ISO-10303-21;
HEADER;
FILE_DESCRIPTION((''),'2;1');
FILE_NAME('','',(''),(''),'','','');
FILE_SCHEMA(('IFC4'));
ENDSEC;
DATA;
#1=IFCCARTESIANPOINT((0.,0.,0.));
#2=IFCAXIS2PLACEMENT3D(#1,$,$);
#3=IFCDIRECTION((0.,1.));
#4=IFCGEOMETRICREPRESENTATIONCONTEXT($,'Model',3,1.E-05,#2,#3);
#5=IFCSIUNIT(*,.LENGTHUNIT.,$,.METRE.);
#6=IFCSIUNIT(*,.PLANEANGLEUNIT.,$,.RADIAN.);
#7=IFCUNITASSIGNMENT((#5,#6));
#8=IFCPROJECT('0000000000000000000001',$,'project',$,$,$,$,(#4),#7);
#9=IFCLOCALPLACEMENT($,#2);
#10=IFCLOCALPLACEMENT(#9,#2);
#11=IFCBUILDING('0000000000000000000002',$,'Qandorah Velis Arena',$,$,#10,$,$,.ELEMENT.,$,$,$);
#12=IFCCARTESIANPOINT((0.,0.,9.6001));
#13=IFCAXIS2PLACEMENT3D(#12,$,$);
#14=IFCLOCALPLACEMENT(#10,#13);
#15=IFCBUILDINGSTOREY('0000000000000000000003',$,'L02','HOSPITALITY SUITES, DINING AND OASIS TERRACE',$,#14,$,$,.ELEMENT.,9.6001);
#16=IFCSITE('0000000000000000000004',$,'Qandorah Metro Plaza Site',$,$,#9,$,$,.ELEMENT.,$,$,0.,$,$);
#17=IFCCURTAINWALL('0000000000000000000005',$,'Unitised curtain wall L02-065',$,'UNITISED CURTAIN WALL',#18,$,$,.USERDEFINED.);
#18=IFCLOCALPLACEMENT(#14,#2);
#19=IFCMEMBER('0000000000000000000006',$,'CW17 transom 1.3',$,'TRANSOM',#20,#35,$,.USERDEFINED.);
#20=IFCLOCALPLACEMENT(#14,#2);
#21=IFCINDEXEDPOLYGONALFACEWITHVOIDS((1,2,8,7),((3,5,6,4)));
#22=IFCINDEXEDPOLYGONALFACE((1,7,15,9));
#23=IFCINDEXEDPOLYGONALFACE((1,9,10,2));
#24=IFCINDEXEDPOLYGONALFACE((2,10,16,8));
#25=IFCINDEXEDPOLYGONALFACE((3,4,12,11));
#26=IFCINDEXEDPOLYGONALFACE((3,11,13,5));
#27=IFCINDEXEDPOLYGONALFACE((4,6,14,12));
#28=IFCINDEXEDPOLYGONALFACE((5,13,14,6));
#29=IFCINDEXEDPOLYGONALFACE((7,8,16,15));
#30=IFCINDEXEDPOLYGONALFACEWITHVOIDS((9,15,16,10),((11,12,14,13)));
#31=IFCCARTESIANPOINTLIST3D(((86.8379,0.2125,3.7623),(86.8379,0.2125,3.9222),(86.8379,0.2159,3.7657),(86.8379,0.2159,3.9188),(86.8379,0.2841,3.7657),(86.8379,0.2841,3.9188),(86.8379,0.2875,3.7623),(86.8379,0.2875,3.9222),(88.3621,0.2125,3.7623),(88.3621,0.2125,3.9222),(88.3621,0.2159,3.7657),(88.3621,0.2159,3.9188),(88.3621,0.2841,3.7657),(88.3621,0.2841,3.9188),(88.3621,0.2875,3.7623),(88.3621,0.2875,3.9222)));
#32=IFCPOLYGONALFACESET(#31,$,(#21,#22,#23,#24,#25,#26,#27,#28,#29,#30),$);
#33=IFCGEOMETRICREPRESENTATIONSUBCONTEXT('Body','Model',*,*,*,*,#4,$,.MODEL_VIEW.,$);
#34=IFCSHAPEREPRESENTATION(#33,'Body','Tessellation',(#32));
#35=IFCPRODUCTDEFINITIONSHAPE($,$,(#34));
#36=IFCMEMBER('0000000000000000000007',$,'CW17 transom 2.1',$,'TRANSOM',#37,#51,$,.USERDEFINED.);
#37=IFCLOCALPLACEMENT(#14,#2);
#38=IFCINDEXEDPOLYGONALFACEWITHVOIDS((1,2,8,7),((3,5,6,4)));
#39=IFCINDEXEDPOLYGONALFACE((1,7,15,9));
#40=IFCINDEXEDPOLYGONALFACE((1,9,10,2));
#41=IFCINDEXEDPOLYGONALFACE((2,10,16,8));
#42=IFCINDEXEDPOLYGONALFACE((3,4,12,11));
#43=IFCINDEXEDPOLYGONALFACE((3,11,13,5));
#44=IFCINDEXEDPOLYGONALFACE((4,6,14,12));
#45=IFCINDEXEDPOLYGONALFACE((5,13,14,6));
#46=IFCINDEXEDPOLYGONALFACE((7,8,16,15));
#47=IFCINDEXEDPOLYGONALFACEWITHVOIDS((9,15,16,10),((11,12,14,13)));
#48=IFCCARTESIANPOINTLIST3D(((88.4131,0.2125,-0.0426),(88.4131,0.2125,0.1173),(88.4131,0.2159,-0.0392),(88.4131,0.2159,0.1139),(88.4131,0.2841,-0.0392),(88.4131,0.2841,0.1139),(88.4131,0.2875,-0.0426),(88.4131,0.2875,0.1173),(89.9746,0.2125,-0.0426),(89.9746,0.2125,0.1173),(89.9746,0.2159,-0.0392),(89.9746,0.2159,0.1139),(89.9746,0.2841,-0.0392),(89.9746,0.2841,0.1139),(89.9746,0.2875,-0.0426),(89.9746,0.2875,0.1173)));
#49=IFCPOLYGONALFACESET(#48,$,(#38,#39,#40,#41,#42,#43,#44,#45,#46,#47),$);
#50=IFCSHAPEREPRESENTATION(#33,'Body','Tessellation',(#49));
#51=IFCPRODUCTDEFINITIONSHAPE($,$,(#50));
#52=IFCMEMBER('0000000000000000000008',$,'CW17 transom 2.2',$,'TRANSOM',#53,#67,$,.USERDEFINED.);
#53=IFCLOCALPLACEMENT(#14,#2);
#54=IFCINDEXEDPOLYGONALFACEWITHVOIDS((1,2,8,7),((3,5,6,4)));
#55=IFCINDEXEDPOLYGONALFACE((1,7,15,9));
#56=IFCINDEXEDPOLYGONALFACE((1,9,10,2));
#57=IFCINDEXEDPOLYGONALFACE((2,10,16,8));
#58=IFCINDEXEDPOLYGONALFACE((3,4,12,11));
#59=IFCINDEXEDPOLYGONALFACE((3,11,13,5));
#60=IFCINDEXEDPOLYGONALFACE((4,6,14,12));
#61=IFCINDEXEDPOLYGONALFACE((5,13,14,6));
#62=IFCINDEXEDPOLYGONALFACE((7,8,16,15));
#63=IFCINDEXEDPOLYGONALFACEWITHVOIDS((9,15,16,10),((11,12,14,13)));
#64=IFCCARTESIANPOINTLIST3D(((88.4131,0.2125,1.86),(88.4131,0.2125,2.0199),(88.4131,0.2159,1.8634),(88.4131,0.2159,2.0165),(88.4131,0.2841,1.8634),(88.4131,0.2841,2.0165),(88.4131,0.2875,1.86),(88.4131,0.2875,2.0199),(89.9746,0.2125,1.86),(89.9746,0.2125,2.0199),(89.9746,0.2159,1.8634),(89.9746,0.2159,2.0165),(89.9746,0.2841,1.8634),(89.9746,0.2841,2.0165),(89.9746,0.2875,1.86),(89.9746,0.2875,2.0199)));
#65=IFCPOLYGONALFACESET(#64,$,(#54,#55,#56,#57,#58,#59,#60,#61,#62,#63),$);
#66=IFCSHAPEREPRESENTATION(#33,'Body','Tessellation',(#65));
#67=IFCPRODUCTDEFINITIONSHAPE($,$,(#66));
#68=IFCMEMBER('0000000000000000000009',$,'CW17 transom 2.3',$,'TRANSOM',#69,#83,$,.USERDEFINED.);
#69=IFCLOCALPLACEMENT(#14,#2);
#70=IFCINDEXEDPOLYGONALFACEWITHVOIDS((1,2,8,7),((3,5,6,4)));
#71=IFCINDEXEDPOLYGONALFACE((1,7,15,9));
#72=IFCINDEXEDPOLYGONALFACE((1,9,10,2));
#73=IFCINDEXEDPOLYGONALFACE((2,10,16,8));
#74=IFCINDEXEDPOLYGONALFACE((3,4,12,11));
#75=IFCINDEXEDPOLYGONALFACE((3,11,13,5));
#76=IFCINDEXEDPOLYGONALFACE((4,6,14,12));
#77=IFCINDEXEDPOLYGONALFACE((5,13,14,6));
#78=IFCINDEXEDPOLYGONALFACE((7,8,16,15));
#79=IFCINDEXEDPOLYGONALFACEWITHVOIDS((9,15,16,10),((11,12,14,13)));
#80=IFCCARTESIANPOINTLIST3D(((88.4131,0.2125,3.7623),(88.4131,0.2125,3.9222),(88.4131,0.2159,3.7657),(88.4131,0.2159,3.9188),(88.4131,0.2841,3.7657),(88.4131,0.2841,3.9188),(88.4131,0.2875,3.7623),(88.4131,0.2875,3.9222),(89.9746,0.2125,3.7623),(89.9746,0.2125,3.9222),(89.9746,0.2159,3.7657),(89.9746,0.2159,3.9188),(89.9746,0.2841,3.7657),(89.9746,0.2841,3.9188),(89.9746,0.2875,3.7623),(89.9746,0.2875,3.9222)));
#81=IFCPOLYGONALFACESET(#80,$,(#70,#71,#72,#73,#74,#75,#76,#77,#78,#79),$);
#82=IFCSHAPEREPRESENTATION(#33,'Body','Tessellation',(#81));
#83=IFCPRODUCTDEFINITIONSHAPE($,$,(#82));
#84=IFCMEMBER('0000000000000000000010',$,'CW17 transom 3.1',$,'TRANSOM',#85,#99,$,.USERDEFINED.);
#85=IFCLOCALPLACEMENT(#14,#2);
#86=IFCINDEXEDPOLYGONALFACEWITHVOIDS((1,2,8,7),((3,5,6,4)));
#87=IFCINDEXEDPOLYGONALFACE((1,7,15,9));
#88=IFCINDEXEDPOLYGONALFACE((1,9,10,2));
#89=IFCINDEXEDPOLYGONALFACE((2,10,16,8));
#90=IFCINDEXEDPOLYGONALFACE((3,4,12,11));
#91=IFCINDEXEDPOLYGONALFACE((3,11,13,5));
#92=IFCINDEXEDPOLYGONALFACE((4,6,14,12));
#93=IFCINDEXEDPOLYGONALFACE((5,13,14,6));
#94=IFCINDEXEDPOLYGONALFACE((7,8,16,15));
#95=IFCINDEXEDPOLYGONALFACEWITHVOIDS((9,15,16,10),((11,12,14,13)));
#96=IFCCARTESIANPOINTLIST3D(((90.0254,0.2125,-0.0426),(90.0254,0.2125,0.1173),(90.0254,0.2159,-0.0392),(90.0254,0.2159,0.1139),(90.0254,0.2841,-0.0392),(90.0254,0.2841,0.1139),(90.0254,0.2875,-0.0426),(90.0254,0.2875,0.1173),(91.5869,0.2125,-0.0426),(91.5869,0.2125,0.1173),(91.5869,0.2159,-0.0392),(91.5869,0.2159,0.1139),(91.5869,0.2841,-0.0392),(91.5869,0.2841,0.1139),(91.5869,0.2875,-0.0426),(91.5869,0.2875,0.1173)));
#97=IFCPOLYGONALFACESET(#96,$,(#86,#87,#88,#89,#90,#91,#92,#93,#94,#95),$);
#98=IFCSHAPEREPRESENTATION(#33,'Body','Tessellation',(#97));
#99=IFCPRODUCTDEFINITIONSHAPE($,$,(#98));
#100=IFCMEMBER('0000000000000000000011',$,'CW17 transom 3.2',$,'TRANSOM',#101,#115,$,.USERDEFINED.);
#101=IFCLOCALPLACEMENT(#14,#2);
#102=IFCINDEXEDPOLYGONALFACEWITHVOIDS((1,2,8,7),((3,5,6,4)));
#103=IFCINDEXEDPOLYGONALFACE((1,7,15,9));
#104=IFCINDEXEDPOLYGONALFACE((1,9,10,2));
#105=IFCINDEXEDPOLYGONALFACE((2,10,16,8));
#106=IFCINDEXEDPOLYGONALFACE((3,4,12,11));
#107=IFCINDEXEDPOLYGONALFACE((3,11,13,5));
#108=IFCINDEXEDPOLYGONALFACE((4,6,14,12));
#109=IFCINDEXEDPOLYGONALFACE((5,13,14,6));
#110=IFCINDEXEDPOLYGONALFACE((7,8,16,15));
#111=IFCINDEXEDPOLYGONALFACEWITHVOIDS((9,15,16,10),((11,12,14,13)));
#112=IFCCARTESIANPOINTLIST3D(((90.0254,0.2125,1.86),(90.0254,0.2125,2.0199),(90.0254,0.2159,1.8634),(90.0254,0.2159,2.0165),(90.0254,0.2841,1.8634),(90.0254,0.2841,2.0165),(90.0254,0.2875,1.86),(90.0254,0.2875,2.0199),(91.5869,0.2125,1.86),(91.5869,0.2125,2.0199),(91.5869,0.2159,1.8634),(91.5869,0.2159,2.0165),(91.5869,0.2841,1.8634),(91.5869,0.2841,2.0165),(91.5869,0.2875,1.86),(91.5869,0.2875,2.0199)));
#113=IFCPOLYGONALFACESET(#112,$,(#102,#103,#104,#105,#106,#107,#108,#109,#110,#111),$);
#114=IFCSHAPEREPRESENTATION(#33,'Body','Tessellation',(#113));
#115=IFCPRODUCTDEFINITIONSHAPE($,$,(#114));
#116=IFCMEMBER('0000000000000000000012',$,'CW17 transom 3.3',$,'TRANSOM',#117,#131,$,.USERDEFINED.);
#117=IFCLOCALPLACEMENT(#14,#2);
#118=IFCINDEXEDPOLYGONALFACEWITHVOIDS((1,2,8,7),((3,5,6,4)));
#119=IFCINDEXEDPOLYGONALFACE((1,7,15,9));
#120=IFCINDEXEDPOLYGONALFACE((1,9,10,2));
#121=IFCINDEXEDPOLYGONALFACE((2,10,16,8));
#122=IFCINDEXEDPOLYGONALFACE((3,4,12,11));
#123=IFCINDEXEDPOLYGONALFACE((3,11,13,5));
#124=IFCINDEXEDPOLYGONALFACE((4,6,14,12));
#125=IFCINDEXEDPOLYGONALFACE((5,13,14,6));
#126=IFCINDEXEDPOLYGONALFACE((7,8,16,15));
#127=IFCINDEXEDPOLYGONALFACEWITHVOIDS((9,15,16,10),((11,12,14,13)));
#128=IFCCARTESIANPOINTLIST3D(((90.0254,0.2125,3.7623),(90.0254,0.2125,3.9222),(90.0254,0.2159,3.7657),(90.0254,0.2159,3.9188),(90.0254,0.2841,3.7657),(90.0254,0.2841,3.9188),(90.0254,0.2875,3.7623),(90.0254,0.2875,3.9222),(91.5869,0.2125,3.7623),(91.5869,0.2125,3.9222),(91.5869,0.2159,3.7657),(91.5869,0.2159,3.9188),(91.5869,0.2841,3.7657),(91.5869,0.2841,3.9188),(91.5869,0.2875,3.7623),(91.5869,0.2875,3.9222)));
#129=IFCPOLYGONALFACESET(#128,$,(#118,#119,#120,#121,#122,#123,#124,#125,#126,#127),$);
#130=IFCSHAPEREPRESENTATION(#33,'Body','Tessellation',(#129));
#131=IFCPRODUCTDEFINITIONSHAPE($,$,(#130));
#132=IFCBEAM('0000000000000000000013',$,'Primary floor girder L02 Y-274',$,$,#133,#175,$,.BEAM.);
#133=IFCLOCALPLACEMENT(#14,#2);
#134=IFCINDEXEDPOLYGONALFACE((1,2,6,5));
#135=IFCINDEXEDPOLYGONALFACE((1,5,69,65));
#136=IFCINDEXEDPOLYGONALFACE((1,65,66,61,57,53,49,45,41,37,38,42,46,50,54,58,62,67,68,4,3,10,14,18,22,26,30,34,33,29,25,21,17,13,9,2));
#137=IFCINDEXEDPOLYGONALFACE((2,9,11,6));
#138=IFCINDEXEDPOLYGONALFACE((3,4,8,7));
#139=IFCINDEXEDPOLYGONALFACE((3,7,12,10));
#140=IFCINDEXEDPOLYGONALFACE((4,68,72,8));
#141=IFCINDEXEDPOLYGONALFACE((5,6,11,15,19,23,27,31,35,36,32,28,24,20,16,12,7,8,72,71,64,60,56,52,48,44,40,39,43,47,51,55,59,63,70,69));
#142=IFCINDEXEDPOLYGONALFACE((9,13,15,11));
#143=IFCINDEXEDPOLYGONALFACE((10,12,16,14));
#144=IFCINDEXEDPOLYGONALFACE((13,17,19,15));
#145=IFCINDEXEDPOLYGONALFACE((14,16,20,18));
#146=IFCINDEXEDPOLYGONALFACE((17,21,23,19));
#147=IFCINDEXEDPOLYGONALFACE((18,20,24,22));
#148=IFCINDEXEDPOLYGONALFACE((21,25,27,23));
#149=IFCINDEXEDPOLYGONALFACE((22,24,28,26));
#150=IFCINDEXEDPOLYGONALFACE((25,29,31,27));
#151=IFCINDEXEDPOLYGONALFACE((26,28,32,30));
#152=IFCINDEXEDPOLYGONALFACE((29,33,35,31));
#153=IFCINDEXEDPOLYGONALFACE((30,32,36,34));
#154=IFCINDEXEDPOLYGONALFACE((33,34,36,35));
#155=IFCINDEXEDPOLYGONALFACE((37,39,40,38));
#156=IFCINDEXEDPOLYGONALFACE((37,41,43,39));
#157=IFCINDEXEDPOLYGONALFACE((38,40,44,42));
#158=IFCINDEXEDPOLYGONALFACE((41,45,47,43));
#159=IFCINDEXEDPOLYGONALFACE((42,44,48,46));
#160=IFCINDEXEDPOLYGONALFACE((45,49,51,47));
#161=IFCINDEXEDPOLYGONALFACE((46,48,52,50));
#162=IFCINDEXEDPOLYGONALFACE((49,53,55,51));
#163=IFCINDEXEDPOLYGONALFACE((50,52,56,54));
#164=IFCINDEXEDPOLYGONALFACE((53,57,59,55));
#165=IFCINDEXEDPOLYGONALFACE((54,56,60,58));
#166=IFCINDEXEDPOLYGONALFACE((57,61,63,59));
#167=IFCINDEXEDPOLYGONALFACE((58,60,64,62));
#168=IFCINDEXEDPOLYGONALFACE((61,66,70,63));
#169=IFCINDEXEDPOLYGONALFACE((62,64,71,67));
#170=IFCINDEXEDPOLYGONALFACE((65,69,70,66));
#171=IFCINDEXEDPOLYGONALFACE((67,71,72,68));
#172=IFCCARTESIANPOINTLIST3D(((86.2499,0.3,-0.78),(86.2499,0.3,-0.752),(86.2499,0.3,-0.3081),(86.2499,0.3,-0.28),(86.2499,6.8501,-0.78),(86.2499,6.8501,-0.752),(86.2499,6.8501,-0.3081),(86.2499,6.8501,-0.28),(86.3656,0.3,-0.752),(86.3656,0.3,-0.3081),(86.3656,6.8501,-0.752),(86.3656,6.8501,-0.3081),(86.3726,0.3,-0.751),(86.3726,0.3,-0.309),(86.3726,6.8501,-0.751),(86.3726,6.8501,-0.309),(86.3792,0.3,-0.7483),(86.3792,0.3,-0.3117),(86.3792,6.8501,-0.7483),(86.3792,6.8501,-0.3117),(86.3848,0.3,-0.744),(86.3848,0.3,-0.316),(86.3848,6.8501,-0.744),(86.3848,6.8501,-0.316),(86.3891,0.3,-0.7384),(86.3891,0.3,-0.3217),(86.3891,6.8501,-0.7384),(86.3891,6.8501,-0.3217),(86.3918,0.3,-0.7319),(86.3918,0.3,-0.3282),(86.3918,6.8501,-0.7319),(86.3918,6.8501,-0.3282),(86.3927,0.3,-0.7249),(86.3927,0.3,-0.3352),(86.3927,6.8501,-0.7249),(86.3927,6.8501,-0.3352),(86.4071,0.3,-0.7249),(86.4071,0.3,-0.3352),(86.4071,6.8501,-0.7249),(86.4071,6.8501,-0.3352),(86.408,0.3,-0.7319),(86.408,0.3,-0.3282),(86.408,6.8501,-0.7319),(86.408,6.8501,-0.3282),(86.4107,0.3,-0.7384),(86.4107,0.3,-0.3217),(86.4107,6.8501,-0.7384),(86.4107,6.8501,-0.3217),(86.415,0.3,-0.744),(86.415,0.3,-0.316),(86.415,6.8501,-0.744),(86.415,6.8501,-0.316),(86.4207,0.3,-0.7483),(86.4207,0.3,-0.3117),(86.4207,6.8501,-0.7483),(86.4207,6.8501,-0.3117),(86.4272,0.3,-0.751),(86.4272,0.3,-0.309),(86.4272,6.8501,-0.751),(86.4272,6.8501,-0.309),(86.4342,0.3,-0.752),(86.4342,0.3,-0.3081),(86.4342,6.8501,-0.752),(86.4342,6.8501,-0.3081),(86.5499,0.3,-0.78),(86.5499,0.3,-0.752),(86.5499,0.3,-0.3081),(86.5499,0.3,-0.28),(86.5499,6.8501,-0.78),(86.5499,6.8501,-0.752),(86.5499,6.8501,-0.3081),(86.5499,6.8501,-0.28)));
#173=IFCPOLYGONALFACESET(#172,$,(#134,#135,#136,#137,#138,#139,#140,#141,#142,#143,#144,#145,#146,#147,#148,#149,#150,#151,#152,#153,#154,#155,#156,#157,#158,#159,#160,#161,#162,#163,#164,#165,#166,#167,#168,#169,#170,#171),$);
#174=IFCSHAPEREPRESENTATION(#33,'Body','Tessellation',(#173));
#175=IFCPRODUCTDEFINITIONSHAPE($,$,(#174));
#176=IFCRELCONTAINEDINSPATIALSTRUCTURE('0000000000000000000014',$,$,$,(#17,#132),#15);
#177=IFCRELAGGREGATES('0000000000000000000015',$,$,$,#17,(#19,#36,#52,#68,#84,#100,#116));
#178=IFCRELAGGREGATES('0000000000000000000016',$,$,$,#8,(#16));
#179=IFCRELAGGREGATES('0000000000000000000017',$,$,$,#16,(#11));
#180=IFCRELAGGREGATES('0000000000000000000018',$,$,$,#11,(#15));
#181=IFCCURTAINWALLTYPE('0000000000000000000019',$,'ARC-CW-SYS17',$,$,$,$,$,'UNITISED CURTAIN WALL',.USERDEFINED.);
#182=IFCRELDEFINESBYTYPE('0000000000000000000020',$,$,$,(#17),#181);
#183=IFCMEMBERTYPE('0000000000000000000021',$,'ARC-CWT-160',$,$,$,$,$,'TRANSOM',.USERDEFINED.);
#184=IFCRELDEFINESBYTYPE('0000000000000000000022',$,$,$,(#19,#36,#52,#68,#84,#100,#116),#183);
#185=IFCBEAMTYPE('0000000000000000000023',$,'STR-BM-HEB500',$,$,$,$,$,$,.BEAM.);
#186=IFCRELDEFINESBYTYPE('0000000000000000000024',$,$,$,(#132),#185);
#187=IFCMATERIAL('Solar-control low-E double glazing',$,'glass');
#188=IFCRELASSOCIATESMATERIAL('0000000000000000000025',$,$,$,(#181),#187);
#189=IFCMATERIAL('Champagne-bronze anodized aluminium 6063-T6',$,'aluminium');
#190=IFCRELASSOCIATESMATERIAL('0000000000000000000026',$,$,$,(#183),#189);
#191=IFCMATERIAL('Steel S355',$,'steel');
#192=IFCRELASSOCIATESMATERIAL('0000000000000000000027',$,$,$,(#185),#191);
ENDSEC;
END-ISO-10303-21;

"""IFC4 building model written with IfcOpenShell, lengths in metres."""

from ifc_helpers import new_model, si_unit, direction, frame, origin, origin_2d, place, context, subcontext, project, spatial, hollow_rectangle, i_section, extrude, material, material_profile, profile_set, type_object, element, aggregate, save


model = new_model("IFC4")

# Units and contexts
model_context = context("Model", 3, precision=1e-05, world=origin(), true_north=direction((0.0, 1.0)))
body_context = subcontext(model_context, "Body", "Model", "MODEL_VIEW")
ifc_project = project(units=[si_unit("LENGTHUNIT", "METRE"), si_unit("PLANEANGLEUNIT", "RADIAN")], contexts=[model_context])

# Site, building, storey
site_placement = place(None, origin())
site = spatial("IfcSite", under=ifc_project, at=site_placement, Name="Qandorah Metro Plaza Site", CompositionType="ELEMENT", RefElevation=0.0)
building_placement = place(site_placement, origin())
building = spatial("IfcBuilding", under=site, at=building_placement, Name="Qandorah Velis Arena", CompositionType="ELEMENT")
storey_placement = place(building_placement, frame((0.0, 0.0, 9.6001)))
storey = spatial("IfcBuildingStorey", under=building, at=storey_placement, Name="L02", Description="HOSPITALITY SUITES, DINING AND OASIS TERRACE", CompositionType="ELEMENT", Elevation=9.6001)

# Shared definitions
ifc_material_1 = material(Name="Steel S355", Category="steel")

# Curtain wall, members
ifc_material_2 = material(Name="Solar-control low-E double glazing", Category="glass")
curtain_wall_type = type_object("IfcCurtainWallType", Name="ARC-CW-SYS17", ElementType="UNITISED CURTAIN WALL", PredefinedType="USERDEFINED", material=ifc_material_2)
curtain_wall_placement = place(storey_placement, origin())
curtain_wall = element("IfcCurtainWall", 1, at=curtain_wall_placement, inside=storey, type_object=curtain_wall_type, Name="Unitised curtain wall L02-065", ObjectType="UNITISED CURTAIN WALL", PredefinedType="USERDEFINED")
ifc_material_3 = material(Name="Champagne-bronze anodized aluminium 6063-T6", Category="aluminium")
ifc_material_profile_1 = material_profile(ifc_material_3, hollow_rectangle(XDim=0.075, YDim=0.1599, WallThickness=0.0034, at=origin_2d()), Name="ALU TRANSOM 75x160")
ifc_profile_set_1 = profile_set([ifc_material_profile_1], Name="Champagne-bronze anodized aluminium 6063-T6")
member_type_1 = type_object("IfcMemberType", Name="ARC-CWT-160", ElementType="TRANSOM", PredefinedType="USERDEFINED", material=ifc_profile_set_1)
member_1_placement = place(storey_placement, frame((86.8379, 0.25, 3.8423), z_axis=(1.0, 0.0, 0.0), x_axis=(0.0, 1.0, 0.0)))
member_1 = element("IfcMember", 2, at=member_1_placement, type_object=member_type_1, Name="CW17 transom 1.3", ObjectType="TRANSOM", PredefinedType="USERDEFINED", context=body_context, shape_type="SweptSolid", body=[
    extrude(hollow_rectangle(XDim=0.075, YDim=0.1599, WallThickness=0.0034, at=origin_2d()), origin(), (0.0, 0.0, 1.0), 1.5242),
])
member_2_placement = place(storey_placement, frame((88.4131, 0.25, 0.0374), z_axis=(1.0, 0.0, 0.0), x_axis=(0.0, 1.0, 0.0)))
member_2 = element("IfcMember", 3, at=member_2_placement, type_object=member_type_1, Name="CW17 transom 2.1", ObjectType="TRANSOM", PredefinedType="USERDEFINED", context=body_context, shape_type="SweptSolid", body=[
    extrude(hollow_rectangle(XDim=0.075, YDim=0.1599, WallThickness=0.0034, at=origin_2d()), origin(), (0.0, 0.0, 1.0), 1.5615),
])
member_3_placement = place(storey_placement, frame((88.4131, 0.25, 1.9399), z_axis=(1.0, 0.0, 0.0), x_axis=(0.0, 1.0, 0.0)))
member_3 = element("IfcMember", 4, at=member_3_placement, type_object=member_type_1, Name="CW17 transom 2.2", ObjectType="TRANSOM", PredefinedType="USERDEFINED", context=body_context, shape_type="SweptSolid", body=[
    extrude(hollow_rectangle(XDim=0.075, YDim=0.1599, WallThickness=0.0034, at=origin_2d()), origin(), (0.0, 0.0, 1.0), 1.5615),
])
member_4_placement = place(storey_placement, frame((88.4131, 0.25, 3.8423), z_axis=(1.0, 0.0, 0.0), x_axis=(0.0, 1.0, 0.0)))
member_4 = element("IfcMember", 5, at=member_4_placement, type_object=member_type_1, Name="CW17 transom 2.3", ObjectType="TRANSOM", PredefinedType="USERDEFINED", context=body_context, shape_type="SweptSolid", body=[
    extrude(hollow_rectangle(XDim=0.075, YDim=0.1599, WallThickness=0.0034, at=origin_2d()), origin(), (0.0, 0.0, 1.0), 1.5615),
])
member_5_placement = place(storey_placement, frame((90.0254, 0.25, 0.0374), z_axis=(1.0, 0.0, 0.0), x_axis=(0.0, 1.0, 0.0)))
member_5 = element("IfcMember", 6, at=member_5_placement, type_object=member_type_1, Name="CW17 transom 3.1", ObjectType="TRANSOM", PredefinedType="USERDEFINED", context=body_context, shape_type="SweptSolid", body=[
    extrude(hollow_rectangle(XDim=0.075, YDim=0.1599, WallThickness=0.0034, at=origin_2d()), origin(), (0.0, 0.0, 1.0), 1.5615),
])
member_6_placement = place(storey_placement, frame((90.0254, 0.25, 1.9399), z_axis=(1.0, 0.0, 0.0), x_axis=(0.0, 1.0, 0.0)))
member_6 = element("IfcMember", 7, at=member_6_placement, type_object=member_type_1, Name="CW17 transom 3.2", ObjectType="TRANSOM", PredefinedType="USERDEFINED", context=body_context, shape_type="SweptSolid", body=[
    extrude(hollow_rectangle(XDim=0.075, YDim=0.1599, WallThickness=0.0034, at=origin_2d()), origin(), (0.0, 0.0, 1.0), 1.5615),
])
member_7_placement = place(storey_placement, frame((90.0254, 0.25, 3.8423), z_axis=(1.0, 0.0, 0.0), x_axis=(0.0, 1.0, 0.0)))
member_7 = element("IfcMember", 8, at=member_7_placement, type_object=member_type_1, Name="CW17 transom 3.3", ObjectType="TRANSOM", PredefinedType="USERDEFINED", context=body_context, shape_type="SweptSolid", body=[
    extrude(hollow_rectangle(XDim=0.075, YDim=0.1599, WallThickness=0.0034, at=origin_2d()), origin(), (0.0, 0.0, 1.0), 1.5615),
])

# Beam
ifc_material_profile_2 = material_profile(ifc_material_1, i_section(OverallWidth=0.3, OverallDepth=0.5, WebThickness=0.0144, FlangeThickness=0.0281, FilletRadius=0.0271, at=origin_2d()), Name="HEB 500")
ifc_profile_set_2 = profile_set([ifc_material_profile_2], Name="Steel S355")
beam_type_1 = type_object("IfcBeamType", Name="STR-BM-HEB500", PredefinedType="BEAM", material=ifc_profile_set_2)
beam_1_placement = place(storey_placement, frame((86.3999, 0.3, -0.53), z_axis=(0.0, 1.0, 0.0), x_axis=(-1.0, 0.0, 0.0)))
element("IfcBeam", 9, at=beam_1_placement, inside=storey, type_object=beam_type_1, Name="Primary floor girder L02 Y-274", PredefinedType="BEAM", context=body_context, shape_type="SweptSolid", body=[
    extrude(i_section(OverallWidth=0.3, OverallDepth=0.5, WebThickness=0.0144, FlangeThickness=0.0281, FilletRadius=0.0271, at=origin_2d()), origin(), (0.0, 0.0, 1.0), 6.55),
])

aggregate(curtain_wall, [member_1, member_2, member_3, member_4, member_5, member_6, member_7])

save(model, "model.ifc")
